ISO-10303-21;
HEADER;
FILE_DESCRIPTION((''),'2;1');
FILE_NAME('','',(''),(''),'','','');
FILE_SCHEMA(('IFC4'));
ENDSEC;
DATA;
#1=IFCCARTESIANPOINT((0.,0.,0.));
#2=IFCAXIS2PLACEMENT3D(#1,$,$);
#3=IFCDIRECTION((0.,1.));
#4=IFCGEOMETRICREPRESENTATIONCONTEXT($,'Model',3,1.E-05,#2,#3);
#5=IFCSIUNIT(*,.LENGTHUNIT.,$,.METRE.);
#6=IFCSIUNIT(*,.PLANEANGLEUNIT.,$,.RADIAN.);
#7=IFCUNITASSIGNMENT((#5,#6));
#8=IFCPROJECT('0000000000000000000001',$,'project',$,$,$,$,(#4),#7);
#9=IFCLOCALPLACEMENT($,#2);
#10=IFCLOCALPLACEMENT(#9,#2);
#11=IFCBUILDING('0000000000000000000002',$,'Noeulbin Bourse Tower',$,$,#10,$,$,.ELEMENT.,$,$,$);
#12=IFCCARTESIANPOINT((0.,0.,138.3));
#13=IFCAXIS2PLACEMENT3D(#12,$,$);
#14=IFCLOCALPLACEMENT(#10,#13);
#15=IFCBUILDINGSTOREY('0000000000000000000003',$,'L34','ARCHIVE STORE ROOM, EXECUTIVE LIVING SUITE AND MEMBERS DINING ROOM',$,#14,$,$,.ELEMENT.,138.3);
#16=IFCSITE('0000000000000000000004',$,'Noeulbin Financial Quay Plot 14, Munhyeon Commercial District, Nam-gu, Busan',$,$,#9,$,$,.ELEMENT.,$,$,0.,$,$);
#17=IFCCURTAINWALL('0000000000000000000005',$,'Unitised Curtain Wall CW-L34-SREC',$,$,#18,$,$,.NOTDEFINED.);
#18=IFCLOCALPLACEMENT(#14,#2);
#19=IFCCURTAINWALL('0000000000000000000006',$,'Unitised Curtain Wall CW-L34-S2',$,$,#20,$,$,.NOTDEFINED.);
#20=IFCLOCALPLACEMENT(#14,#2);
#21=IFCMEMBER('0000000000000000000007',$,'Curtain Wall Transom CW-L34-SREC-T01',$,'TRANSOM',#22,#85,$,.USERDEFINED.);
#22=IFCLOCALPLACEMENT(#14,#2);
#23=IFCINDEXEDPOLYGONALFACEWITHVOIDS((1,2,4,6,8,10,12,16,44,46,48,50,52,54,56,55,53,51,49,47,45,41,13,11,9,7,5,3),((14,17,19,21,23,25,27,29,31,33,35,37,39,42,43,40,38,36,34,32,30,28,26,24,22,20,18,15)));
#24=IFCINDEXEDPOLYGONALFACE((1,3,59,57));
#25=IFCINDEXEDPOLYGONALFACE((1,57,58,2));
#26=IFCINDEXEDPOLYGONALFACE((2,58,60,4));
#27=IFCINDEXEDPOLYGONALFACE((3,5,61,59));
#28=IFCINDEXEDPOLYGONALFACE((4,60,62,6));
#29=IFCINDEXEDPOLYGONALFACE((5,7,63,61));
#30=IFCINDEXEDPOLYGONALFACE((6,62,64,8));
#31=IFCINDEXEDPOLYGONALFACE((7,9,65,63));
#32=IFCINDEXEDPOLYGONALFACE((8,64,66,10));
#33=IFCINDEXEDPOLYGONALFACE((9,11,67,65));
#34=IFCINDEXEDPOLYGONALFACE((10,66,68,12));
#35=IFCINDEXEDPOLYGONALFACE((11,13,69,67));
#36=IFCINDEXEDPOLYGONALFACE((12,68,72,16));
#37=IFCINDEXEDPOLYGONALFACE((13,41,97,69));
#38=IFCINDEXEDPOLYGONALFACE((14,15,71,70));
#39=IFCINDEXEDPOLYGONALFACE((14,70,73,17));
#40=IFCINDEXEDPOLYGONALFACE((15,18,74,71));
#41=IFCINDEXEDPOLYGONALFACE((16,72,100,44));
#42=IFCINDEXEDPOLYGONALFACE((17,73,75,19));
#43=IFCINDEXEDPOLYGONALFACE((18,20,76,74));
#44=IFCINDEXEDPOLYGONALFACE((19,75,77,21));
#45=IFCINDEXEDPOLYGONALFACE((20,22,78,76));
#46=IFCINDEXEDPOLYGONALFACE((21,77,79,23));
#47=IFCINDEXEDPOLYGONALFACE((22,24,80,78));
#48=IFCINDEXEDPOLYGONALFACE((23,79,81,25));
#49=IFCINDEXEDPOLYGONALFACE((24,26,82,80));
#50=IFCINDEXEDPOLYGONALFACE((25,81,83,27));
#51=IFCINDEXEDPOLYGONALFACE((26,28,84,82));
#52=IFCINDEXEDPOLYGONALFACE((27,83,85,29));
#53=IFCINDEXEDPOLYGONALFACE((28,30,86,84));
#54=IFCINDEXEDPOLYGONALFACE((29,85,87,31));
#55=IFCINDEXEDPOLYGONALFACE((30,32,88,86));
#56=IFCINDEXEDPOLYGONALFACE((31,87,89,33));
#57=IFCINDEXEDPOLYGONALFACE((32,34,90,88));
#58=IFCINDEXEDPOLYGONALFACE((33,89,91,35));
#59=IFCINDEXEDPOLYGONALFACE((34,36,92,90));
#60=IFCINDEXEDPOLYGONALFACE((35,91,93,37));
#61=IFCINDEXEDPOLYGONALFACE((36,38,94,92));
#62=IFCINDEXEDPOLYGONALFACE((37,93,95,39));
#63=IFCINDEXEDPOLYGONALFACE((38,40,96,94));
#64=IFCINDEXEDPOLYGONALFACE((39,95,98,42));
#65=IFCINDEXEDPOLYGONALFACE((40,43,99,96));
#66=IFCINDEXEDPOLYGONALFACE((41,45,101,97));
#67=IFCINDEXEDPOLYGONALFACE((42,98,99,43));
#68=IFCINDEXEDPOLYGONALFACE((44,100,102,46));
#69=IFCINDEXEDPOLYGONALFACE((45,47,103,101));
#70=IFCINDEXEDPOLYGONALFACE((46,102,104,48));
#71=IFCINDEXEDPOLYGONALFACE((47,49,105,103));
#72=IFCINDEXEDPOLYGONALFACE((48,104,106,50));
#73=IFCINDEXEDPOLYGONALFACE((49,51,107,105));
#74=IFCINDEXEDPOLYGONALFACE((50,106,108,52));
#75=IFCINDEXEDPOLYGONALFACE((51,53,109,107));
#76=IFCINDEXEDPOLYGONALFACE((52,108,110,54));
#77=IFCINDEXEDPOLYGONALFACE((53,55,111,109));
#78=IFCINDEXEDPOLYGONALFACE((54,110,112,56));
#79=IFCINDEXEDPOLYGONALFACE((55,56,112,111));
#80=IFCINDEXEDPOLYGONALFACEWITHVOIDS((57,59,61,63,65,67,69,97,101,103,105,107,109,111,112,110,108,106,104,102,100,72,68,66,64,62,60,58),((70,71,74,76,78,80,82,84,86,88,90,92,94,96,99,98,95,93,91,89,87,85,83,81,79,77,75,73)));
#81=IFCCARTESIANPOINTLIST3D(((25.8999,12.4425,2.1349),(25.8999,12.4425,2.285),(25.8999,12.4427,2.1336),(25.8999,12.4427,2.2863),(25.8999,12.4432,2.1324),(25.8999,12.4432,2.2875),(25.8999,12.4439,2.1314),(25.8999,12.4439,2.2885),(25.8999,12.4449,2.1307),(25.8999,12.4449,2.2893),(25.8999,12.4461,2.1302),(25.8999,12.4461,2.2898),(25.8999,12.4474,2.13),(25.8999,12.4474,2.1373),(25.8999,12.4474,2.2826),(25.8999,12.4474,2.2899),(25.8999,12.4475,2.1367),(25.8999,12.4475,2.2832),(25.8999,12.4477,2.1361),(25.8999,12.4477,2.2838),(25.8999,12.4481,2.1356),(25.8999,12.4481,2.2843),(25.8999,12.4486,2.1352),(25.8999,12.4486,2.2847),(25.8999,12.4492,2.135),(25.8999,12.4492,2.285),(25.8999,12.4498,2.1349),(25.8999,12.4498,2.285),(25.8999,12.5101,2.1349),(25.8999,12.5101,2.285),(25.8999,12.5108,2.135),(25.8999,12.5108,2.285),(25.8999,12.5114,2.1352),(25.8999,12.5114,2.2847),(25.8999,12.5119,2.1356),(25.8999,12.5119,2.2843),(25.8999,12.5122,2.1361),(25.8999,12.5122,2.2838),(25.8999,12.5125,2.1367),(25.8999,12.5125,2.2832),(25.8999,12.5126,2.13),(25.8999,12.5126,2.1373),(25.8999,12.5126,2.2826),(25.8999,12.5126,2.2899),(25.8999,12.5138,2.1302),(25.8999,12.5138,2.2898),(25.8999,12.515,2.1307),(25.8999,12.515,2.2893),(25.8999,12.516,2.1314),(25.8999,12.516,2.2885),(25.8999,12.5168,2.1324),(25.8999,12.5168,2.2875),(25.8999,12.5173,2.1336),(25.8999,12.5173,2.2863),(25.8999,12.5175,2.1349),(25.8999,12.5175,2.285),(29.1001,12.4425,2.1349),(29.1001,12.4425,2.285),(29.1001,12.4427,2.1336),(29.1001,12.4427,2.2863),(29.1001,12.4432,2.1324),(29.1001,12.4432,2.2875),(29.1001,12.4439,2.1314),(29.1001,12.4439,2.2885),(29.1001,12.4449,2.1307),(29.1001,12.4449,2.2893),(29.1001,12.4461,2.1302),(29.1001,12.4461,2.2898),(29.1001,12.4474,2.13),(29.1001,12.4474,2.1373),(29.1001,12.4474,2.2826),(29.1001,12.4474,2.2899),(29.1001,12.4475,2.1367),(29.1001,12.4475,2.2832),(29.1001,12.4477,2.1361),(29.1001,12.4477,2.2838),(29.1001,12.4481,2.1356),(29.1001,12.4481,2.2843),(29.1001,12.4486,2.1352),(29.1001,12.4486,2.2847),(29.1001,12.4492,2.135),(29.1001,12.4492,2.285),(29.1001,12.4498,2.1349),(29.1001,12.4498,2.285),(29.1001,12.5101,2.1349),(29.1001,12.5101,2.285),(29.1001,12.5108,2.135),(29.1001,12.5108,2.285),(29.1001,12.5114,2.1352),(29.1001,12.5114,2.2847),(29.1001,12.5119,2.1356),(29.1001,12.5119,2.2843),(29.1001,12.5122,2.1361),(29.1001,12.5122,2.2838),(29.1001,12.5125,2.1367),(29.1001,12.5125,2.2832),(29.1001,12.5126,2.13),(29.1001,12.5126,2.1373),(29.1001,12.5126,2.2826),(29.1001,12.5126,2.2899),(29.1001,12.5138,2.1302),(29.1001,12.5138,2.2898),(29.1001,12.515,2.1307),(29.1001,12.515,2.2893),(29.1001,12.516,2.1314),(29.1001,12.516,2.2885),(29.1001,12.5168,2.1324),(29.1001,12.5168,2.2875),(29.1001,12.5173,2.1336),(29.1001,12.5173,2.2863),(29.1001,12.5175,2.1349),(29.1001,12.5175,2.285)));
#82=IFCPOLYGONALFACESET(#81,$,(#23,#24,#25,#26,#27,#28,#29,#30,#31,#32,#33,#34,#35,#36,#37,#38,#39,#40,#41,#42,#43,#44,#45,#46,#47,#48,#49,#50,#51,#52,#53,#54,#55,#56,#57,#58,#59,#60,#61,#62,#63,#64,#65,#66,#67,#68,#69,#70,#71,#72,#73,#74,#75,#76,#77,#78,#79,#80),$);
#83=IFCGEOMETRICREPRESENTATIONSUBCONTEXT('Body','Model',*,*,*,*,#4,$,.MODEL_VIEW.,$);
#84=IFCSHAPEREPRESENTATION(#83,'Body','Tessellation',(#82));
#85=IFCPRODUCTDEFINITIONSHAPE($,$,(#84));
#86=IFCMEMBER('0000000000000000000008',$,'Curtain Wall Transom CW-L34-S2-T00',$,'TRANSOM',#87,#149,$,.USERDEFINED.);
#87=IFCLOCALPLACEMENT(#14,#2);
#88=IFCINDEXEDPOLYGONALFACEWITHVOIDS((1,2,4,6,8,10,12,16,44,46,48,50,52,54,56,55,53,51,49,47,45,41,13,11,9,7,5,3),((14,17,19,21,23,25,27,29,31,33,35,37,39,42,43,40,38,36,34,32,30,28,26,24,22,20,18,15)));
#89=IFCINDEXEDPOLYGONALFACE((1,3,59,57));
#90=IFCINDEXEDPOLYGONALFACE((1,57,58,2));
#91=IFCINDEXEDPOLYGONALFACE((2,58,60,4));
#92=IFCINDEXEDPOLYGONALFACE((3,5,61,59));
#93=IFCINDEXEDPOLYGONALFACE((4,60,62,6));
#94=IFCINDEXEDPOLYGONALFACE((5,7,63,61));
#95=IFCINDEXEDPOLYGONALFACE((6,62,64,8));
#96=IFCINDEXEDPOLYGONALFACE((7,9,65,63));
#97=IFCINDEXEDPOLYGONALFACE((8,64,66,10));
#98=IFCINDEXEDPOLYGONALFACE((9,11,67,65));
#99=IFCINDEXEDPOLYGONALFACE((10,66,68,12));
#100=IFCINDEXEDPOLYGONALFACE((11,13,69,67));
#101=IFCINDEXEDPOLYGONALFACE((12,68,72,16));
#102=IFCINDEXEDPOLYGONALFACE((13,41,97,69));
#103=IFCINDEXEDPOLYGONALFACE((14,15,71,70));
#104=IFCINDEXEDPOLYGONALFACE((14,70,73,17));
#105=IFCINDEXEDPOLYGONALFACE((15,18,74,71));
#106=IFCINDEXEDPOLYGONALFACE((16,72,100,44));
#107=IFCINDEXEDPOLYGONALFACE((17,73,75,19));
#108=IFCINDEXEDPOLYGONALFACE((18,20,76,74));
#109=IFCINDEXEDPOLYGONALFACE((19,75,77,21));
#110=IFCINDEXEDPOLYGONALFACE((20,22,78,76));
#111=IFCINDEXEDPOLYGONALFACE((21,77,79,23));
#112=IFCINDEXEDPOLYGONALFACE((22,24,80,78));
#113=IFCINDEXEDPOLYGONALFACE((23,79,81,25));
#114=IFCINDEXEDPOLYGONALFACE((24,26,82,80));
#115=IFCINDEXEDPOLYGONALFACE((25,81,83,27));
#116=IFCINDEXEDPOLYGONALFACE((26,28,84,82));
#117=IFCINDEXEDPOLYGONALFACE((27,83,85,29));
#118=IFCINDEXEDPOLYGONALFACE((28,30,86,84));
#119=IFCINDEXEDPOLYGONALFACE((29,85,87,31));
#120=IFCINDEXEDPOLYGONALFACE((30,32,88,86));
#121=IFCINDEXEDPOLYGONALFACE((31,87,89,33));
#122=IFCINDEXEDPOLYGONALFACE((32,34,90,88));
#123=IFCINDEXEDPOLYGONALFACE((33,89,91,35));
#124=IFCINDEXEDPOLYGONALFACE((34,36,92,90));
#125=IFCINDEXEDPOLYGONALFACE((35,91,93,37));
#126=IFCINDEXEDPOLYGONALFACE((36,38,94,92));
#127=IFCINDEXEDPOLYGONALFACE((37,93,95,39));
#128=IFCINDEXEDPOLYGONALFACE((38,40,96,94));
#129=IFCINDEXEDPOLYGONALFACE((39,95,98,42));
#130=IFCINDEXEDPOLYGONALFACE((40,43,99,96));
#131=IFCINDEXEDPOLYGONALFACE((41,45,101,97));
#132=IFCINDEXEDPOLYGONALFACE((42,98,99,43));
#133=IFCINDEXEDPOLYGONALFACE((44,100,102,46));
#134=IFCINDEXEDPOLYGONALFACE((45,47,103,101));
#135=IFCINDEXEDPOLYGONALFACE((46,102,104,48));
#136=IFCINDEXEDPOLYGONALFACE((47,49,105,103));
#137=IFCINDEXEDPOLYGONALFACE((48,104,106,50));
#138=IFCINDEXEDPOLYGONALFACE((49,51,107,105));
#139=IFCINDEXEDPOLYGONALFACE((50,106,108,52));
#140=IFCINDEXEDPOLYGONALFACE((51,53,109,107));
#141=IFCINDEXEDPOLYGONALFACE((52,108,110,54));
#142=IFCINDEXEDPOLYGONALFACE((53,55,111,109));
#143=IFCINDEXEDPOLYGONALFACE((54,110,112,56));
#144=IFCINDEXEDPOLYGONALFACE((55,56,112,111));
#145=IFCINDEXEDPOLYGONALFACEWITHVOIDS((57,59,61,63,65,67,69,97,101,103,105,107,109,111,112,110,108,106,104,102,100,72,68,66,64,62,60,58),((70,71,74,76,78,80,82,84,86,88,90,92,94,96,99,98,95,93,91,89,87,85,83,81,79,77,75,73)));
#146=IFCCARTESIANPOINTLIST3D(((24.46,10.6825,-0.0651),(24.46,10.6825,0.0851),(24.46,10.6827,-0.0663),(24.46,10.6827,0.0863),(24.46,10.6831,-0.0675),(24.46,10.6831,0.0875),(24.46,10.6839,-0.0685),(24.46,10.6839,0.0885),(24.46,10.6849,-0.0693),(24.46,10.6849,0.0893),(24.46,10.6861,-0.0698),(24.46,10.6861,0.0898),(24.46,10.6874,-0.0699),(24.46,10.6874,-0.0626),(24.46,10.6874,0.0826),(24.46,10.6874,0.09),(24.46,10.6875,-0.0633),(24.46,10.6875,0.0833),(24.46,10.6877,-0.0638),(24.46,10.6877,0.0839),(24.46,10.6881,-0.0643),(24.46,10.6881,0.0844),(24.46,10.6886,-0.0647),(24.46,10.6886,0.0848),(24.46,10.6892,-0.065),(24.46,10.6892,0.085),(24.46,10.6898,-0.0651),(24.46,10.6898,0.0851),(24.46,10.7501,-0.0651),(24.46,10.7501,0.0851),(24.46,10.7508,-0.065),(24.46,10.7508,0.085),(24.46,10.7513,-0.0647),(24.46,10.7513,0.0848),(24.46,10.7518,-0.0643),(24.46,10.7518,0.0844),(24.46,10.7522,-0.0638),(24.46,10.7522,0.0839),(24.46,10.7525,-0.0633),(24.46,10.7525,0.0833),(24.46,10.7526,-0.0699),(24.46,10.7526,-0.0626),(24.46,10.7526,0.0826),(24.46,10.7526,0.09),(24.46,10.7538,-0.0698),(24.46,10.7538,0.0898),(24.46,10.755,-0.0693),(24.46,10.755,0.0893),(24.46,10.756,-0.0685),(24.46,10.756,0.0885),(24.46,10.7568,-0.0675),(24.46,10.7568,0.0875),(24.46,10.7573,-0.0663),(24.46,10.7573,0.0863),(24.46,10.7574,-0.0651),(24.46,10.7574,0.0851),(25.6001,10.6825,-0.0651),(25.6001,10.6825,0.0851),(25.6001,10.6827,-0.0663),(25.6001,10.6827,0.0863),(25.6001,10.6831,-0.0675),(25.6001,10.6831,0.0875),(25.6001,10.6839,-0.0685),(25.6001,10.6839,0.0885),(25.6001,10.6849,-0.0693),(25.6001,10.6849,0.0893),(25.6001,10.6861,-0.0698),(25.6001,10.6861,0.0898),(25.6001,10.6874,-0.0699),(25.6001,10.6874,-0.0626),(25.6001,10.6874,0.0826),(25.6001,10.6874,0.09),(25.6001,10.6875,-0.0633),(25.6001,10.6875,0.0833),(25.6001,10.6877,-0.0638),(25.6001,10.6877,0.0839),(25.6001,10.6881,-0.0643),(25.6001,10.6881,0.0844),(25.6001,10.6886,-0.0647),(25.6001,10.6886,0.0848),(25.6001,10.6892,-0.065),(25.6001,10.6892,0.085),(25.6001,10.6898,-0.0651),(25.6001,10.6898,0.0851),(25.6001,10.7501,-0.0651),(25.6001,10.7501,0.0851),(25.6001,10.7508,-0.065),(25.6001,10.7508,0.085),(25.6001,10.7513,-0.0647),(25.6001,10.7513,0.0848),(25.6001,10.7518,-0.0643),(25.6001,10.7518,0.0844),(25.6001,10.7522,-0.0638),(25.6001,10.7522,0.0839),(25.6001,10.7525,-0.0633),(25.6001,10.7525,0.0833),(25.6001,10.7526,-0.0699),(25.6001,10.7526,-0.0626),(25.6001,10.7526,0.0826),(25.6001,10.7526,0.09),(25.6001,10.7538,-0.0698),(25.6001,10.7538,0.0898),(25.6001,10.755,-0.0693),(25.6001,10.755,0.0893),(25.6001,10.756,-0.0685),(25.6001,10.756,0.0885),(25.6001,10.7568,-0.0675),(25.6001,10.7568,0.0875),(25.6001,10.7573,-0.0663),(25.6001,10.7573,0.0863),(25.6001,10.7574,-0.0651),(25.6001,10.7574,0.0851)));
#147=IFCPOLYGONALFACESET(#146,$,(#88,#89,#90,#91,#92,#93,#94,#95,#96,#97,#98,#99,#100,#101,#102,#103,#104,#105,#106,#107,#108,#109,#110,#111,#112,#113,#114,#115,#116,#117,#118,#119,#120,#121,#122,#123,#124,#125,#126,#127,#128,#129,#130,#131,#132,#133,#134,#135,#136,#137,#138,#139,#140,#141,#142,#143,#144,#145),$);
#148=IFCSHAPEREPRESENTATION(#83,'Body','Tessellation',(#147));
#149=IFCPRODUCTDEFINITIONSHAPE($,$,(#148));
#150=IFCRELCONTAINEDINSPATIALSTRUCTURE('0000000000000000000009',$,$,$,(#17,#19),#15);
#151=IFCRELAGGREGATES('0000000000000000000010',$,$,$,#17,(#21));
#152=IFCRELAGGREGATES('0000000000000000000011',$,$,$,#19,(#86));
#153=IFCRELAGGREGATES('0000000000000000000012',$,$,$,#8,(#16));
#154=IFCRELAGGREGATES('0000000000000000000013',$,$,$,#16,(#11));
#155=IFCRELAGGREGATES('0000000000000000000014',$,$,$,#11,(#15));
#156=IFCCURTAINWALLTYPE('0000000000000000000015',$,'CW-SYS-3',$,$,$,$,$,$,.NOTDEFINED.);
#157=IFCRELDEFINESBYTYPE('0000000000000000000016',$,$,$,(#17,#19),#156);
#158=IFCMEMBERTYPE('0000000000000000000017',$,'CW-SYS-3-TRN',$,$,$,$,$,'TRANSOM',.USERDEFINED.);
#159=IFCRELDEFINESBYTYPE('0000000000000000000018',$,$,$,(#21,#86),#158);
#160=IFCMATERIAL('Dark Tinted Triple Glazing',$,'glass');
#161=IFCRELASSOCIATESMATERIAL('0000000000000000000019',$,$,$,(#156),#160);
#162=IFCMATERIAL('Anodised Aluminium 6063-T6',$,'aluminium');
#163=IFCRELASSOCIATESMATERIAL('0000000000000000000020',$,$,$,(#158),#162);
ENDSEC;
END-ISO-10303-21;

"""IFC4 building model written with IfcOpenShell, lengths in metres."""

from ifc_helpers import new_model, si_unit, direction, frame, origin, origin_2d, place, context, subcontext, project, spatial, hollow_rectangle, extrude, material, material_profile, profile_set, type_object, element, aggregate, save


model = new_model("IFC4")

# Units and contexts
model_context = context("Model", 3, precision=1e-05, world=origin(), true_north=direction((0.0, 1.0)))
body_context = subcontext(model_context, "Body", "Model", "MODEL_VIEW")
ifc_project = project(units=[si_unit("LENGTHUNIT", "METRE"), si_unit("PLANEANGLEUNIT", "RADIAN")], contexts=[model_context])

# Site, building, storey
site_placement = place(None, origin())
site = spatial("IfcSite", under=ifc_project, at=site_placement, Name="Noeulbin Financial Quay Plot 14, Munhyeon Commercial District, Nam-gu, Busan", CompositionType="ELEMENT", RefElevation=0.0)
building_placement = place(site_placement, origin())
building = spatial("IfcBuilding", under=site, at=building_placement, Name="Noeulbin Bourse Tower", CompositionType="ELEMENT")
storey_placement = place(building_placement, frame((0.0, 0.0, 138.3)))
storey = spatial("IfcBuildingStorey", under=building, at=storey_placement, Name="L34", Description="ARCHIVE STORE ROOM, EXECUTIVE LIVING SUITE AND MEMBERS DINING ROOM", CompositionType="ELEMENT", Elevation=138.3)

# Curtain wall
ifc_material_1 = material(Name="Dark Tinted Triple Glazing", Category="glass")
curtain_wall_type = type_object("IfcCurtainWallType", Name="CW-SYS-3", PredefinedType="NOTDEFINED", material=ifc_material_1)
curtain_wall_1_placement = place(storey_placement, origin())
curtain_wall_1 = element("IfcCurtainWall", 1, at=curtain_wall_1_placement, inside=storey, type_object=curtain_wall_type, Name="Unitised Curtain Wall CW-L34-SREC", PredefinedType="NOTDEFINED")
ifc_material_2 = material(Name="Anodised Aluminium 6063-T6", Category="aluminium")

# Curtain wall
curtain_wall_2_placement = place(storey_placement, origin())
curtain_wall_2 = element("IfcCurtainWall", 2, at=curtain_wall_2_placement, inside=storey, type_object=curtain_wall_type, Name="Unitised Curtain Wall CW-L34-S2", PredefinedType="NOTDEFINED")

# Members
ifc_material_profile_1 = material_profile(ifc_material_2, hollow_rectangle(XDim=0.075, YDim=0.1599, WallThickness=0.0049, InnerFilletRadius=0.0024, OuterFilletRadius=0.0049, at=origin_2d()), Name="ALU-TRAN-75x160x5", Category="LoadBearing")
ifc_profile_set_1 = profile_set([ifc_material_profile_1], Name="Anodised Aluminium 6063-T6")
member_type_1 = type_object("IfcMemberType", Name="CW-SYS-3-TRN", ElementType="TRANSOM", PredefinedType="USERDEFINED", material=ifc_profile_set_1)
member_1_placement = place(storey_placement, frame((25.8999, 12.48, 2.21), z_axis=(1.0, 0.0, 0.0), x_axis=(0.0, 1.0, 0.0)))
member_1 = element("IfcMember", 3, at=member_1_placement, type_object=member_type_1, Name="Curtain Wall Transom CW-L34-SREC-T01", ObjectType="TRANSOM", PredefinedType="USERDEFINED", context=body_context, shape_type="SweptSolid", body=[
    extrude(hollow_rectangle(XDim=0.075, YDim=0.1599, WallThickness=0.0049, InnerFilletRadius=0.0024, OuterFilletRadius=0.0049, at=origin_2d()), origin(), (0.0, 0.0, 1.0), 3.2002),
])
aggregate(curtain_wall_1, [member_1])
member_2_placement = place(storey_placement, frame((24.46, 10.72, 0.01), z_axis=(1.0, 0.0, 0.0), x_axis=(0.0, 1.0, 0.0)))
member_2 = element("IfcMember", 4, at=member_2_placement, type_object=member_type_1, Name="Curtain Wall Transom CW-L34-S2-T00", ObjectType="TRANSOM", PredefinedType="USERDEFINED", context=body_context, shape_type="SweptSolid", body=[
    extrude(hollow_rectangle(XDim=0.075, YDim=0.1599, WallThickness=0.0049, InnerFilletRadius=0.0024, OuterFilletRadius=0.0049, at=origin_2d()), origin(), (0.0, 0.0, 1.0), 1.1401),
])

aggregate(curtain_wall_2, [member_2])

save(model, "model.ifc")
